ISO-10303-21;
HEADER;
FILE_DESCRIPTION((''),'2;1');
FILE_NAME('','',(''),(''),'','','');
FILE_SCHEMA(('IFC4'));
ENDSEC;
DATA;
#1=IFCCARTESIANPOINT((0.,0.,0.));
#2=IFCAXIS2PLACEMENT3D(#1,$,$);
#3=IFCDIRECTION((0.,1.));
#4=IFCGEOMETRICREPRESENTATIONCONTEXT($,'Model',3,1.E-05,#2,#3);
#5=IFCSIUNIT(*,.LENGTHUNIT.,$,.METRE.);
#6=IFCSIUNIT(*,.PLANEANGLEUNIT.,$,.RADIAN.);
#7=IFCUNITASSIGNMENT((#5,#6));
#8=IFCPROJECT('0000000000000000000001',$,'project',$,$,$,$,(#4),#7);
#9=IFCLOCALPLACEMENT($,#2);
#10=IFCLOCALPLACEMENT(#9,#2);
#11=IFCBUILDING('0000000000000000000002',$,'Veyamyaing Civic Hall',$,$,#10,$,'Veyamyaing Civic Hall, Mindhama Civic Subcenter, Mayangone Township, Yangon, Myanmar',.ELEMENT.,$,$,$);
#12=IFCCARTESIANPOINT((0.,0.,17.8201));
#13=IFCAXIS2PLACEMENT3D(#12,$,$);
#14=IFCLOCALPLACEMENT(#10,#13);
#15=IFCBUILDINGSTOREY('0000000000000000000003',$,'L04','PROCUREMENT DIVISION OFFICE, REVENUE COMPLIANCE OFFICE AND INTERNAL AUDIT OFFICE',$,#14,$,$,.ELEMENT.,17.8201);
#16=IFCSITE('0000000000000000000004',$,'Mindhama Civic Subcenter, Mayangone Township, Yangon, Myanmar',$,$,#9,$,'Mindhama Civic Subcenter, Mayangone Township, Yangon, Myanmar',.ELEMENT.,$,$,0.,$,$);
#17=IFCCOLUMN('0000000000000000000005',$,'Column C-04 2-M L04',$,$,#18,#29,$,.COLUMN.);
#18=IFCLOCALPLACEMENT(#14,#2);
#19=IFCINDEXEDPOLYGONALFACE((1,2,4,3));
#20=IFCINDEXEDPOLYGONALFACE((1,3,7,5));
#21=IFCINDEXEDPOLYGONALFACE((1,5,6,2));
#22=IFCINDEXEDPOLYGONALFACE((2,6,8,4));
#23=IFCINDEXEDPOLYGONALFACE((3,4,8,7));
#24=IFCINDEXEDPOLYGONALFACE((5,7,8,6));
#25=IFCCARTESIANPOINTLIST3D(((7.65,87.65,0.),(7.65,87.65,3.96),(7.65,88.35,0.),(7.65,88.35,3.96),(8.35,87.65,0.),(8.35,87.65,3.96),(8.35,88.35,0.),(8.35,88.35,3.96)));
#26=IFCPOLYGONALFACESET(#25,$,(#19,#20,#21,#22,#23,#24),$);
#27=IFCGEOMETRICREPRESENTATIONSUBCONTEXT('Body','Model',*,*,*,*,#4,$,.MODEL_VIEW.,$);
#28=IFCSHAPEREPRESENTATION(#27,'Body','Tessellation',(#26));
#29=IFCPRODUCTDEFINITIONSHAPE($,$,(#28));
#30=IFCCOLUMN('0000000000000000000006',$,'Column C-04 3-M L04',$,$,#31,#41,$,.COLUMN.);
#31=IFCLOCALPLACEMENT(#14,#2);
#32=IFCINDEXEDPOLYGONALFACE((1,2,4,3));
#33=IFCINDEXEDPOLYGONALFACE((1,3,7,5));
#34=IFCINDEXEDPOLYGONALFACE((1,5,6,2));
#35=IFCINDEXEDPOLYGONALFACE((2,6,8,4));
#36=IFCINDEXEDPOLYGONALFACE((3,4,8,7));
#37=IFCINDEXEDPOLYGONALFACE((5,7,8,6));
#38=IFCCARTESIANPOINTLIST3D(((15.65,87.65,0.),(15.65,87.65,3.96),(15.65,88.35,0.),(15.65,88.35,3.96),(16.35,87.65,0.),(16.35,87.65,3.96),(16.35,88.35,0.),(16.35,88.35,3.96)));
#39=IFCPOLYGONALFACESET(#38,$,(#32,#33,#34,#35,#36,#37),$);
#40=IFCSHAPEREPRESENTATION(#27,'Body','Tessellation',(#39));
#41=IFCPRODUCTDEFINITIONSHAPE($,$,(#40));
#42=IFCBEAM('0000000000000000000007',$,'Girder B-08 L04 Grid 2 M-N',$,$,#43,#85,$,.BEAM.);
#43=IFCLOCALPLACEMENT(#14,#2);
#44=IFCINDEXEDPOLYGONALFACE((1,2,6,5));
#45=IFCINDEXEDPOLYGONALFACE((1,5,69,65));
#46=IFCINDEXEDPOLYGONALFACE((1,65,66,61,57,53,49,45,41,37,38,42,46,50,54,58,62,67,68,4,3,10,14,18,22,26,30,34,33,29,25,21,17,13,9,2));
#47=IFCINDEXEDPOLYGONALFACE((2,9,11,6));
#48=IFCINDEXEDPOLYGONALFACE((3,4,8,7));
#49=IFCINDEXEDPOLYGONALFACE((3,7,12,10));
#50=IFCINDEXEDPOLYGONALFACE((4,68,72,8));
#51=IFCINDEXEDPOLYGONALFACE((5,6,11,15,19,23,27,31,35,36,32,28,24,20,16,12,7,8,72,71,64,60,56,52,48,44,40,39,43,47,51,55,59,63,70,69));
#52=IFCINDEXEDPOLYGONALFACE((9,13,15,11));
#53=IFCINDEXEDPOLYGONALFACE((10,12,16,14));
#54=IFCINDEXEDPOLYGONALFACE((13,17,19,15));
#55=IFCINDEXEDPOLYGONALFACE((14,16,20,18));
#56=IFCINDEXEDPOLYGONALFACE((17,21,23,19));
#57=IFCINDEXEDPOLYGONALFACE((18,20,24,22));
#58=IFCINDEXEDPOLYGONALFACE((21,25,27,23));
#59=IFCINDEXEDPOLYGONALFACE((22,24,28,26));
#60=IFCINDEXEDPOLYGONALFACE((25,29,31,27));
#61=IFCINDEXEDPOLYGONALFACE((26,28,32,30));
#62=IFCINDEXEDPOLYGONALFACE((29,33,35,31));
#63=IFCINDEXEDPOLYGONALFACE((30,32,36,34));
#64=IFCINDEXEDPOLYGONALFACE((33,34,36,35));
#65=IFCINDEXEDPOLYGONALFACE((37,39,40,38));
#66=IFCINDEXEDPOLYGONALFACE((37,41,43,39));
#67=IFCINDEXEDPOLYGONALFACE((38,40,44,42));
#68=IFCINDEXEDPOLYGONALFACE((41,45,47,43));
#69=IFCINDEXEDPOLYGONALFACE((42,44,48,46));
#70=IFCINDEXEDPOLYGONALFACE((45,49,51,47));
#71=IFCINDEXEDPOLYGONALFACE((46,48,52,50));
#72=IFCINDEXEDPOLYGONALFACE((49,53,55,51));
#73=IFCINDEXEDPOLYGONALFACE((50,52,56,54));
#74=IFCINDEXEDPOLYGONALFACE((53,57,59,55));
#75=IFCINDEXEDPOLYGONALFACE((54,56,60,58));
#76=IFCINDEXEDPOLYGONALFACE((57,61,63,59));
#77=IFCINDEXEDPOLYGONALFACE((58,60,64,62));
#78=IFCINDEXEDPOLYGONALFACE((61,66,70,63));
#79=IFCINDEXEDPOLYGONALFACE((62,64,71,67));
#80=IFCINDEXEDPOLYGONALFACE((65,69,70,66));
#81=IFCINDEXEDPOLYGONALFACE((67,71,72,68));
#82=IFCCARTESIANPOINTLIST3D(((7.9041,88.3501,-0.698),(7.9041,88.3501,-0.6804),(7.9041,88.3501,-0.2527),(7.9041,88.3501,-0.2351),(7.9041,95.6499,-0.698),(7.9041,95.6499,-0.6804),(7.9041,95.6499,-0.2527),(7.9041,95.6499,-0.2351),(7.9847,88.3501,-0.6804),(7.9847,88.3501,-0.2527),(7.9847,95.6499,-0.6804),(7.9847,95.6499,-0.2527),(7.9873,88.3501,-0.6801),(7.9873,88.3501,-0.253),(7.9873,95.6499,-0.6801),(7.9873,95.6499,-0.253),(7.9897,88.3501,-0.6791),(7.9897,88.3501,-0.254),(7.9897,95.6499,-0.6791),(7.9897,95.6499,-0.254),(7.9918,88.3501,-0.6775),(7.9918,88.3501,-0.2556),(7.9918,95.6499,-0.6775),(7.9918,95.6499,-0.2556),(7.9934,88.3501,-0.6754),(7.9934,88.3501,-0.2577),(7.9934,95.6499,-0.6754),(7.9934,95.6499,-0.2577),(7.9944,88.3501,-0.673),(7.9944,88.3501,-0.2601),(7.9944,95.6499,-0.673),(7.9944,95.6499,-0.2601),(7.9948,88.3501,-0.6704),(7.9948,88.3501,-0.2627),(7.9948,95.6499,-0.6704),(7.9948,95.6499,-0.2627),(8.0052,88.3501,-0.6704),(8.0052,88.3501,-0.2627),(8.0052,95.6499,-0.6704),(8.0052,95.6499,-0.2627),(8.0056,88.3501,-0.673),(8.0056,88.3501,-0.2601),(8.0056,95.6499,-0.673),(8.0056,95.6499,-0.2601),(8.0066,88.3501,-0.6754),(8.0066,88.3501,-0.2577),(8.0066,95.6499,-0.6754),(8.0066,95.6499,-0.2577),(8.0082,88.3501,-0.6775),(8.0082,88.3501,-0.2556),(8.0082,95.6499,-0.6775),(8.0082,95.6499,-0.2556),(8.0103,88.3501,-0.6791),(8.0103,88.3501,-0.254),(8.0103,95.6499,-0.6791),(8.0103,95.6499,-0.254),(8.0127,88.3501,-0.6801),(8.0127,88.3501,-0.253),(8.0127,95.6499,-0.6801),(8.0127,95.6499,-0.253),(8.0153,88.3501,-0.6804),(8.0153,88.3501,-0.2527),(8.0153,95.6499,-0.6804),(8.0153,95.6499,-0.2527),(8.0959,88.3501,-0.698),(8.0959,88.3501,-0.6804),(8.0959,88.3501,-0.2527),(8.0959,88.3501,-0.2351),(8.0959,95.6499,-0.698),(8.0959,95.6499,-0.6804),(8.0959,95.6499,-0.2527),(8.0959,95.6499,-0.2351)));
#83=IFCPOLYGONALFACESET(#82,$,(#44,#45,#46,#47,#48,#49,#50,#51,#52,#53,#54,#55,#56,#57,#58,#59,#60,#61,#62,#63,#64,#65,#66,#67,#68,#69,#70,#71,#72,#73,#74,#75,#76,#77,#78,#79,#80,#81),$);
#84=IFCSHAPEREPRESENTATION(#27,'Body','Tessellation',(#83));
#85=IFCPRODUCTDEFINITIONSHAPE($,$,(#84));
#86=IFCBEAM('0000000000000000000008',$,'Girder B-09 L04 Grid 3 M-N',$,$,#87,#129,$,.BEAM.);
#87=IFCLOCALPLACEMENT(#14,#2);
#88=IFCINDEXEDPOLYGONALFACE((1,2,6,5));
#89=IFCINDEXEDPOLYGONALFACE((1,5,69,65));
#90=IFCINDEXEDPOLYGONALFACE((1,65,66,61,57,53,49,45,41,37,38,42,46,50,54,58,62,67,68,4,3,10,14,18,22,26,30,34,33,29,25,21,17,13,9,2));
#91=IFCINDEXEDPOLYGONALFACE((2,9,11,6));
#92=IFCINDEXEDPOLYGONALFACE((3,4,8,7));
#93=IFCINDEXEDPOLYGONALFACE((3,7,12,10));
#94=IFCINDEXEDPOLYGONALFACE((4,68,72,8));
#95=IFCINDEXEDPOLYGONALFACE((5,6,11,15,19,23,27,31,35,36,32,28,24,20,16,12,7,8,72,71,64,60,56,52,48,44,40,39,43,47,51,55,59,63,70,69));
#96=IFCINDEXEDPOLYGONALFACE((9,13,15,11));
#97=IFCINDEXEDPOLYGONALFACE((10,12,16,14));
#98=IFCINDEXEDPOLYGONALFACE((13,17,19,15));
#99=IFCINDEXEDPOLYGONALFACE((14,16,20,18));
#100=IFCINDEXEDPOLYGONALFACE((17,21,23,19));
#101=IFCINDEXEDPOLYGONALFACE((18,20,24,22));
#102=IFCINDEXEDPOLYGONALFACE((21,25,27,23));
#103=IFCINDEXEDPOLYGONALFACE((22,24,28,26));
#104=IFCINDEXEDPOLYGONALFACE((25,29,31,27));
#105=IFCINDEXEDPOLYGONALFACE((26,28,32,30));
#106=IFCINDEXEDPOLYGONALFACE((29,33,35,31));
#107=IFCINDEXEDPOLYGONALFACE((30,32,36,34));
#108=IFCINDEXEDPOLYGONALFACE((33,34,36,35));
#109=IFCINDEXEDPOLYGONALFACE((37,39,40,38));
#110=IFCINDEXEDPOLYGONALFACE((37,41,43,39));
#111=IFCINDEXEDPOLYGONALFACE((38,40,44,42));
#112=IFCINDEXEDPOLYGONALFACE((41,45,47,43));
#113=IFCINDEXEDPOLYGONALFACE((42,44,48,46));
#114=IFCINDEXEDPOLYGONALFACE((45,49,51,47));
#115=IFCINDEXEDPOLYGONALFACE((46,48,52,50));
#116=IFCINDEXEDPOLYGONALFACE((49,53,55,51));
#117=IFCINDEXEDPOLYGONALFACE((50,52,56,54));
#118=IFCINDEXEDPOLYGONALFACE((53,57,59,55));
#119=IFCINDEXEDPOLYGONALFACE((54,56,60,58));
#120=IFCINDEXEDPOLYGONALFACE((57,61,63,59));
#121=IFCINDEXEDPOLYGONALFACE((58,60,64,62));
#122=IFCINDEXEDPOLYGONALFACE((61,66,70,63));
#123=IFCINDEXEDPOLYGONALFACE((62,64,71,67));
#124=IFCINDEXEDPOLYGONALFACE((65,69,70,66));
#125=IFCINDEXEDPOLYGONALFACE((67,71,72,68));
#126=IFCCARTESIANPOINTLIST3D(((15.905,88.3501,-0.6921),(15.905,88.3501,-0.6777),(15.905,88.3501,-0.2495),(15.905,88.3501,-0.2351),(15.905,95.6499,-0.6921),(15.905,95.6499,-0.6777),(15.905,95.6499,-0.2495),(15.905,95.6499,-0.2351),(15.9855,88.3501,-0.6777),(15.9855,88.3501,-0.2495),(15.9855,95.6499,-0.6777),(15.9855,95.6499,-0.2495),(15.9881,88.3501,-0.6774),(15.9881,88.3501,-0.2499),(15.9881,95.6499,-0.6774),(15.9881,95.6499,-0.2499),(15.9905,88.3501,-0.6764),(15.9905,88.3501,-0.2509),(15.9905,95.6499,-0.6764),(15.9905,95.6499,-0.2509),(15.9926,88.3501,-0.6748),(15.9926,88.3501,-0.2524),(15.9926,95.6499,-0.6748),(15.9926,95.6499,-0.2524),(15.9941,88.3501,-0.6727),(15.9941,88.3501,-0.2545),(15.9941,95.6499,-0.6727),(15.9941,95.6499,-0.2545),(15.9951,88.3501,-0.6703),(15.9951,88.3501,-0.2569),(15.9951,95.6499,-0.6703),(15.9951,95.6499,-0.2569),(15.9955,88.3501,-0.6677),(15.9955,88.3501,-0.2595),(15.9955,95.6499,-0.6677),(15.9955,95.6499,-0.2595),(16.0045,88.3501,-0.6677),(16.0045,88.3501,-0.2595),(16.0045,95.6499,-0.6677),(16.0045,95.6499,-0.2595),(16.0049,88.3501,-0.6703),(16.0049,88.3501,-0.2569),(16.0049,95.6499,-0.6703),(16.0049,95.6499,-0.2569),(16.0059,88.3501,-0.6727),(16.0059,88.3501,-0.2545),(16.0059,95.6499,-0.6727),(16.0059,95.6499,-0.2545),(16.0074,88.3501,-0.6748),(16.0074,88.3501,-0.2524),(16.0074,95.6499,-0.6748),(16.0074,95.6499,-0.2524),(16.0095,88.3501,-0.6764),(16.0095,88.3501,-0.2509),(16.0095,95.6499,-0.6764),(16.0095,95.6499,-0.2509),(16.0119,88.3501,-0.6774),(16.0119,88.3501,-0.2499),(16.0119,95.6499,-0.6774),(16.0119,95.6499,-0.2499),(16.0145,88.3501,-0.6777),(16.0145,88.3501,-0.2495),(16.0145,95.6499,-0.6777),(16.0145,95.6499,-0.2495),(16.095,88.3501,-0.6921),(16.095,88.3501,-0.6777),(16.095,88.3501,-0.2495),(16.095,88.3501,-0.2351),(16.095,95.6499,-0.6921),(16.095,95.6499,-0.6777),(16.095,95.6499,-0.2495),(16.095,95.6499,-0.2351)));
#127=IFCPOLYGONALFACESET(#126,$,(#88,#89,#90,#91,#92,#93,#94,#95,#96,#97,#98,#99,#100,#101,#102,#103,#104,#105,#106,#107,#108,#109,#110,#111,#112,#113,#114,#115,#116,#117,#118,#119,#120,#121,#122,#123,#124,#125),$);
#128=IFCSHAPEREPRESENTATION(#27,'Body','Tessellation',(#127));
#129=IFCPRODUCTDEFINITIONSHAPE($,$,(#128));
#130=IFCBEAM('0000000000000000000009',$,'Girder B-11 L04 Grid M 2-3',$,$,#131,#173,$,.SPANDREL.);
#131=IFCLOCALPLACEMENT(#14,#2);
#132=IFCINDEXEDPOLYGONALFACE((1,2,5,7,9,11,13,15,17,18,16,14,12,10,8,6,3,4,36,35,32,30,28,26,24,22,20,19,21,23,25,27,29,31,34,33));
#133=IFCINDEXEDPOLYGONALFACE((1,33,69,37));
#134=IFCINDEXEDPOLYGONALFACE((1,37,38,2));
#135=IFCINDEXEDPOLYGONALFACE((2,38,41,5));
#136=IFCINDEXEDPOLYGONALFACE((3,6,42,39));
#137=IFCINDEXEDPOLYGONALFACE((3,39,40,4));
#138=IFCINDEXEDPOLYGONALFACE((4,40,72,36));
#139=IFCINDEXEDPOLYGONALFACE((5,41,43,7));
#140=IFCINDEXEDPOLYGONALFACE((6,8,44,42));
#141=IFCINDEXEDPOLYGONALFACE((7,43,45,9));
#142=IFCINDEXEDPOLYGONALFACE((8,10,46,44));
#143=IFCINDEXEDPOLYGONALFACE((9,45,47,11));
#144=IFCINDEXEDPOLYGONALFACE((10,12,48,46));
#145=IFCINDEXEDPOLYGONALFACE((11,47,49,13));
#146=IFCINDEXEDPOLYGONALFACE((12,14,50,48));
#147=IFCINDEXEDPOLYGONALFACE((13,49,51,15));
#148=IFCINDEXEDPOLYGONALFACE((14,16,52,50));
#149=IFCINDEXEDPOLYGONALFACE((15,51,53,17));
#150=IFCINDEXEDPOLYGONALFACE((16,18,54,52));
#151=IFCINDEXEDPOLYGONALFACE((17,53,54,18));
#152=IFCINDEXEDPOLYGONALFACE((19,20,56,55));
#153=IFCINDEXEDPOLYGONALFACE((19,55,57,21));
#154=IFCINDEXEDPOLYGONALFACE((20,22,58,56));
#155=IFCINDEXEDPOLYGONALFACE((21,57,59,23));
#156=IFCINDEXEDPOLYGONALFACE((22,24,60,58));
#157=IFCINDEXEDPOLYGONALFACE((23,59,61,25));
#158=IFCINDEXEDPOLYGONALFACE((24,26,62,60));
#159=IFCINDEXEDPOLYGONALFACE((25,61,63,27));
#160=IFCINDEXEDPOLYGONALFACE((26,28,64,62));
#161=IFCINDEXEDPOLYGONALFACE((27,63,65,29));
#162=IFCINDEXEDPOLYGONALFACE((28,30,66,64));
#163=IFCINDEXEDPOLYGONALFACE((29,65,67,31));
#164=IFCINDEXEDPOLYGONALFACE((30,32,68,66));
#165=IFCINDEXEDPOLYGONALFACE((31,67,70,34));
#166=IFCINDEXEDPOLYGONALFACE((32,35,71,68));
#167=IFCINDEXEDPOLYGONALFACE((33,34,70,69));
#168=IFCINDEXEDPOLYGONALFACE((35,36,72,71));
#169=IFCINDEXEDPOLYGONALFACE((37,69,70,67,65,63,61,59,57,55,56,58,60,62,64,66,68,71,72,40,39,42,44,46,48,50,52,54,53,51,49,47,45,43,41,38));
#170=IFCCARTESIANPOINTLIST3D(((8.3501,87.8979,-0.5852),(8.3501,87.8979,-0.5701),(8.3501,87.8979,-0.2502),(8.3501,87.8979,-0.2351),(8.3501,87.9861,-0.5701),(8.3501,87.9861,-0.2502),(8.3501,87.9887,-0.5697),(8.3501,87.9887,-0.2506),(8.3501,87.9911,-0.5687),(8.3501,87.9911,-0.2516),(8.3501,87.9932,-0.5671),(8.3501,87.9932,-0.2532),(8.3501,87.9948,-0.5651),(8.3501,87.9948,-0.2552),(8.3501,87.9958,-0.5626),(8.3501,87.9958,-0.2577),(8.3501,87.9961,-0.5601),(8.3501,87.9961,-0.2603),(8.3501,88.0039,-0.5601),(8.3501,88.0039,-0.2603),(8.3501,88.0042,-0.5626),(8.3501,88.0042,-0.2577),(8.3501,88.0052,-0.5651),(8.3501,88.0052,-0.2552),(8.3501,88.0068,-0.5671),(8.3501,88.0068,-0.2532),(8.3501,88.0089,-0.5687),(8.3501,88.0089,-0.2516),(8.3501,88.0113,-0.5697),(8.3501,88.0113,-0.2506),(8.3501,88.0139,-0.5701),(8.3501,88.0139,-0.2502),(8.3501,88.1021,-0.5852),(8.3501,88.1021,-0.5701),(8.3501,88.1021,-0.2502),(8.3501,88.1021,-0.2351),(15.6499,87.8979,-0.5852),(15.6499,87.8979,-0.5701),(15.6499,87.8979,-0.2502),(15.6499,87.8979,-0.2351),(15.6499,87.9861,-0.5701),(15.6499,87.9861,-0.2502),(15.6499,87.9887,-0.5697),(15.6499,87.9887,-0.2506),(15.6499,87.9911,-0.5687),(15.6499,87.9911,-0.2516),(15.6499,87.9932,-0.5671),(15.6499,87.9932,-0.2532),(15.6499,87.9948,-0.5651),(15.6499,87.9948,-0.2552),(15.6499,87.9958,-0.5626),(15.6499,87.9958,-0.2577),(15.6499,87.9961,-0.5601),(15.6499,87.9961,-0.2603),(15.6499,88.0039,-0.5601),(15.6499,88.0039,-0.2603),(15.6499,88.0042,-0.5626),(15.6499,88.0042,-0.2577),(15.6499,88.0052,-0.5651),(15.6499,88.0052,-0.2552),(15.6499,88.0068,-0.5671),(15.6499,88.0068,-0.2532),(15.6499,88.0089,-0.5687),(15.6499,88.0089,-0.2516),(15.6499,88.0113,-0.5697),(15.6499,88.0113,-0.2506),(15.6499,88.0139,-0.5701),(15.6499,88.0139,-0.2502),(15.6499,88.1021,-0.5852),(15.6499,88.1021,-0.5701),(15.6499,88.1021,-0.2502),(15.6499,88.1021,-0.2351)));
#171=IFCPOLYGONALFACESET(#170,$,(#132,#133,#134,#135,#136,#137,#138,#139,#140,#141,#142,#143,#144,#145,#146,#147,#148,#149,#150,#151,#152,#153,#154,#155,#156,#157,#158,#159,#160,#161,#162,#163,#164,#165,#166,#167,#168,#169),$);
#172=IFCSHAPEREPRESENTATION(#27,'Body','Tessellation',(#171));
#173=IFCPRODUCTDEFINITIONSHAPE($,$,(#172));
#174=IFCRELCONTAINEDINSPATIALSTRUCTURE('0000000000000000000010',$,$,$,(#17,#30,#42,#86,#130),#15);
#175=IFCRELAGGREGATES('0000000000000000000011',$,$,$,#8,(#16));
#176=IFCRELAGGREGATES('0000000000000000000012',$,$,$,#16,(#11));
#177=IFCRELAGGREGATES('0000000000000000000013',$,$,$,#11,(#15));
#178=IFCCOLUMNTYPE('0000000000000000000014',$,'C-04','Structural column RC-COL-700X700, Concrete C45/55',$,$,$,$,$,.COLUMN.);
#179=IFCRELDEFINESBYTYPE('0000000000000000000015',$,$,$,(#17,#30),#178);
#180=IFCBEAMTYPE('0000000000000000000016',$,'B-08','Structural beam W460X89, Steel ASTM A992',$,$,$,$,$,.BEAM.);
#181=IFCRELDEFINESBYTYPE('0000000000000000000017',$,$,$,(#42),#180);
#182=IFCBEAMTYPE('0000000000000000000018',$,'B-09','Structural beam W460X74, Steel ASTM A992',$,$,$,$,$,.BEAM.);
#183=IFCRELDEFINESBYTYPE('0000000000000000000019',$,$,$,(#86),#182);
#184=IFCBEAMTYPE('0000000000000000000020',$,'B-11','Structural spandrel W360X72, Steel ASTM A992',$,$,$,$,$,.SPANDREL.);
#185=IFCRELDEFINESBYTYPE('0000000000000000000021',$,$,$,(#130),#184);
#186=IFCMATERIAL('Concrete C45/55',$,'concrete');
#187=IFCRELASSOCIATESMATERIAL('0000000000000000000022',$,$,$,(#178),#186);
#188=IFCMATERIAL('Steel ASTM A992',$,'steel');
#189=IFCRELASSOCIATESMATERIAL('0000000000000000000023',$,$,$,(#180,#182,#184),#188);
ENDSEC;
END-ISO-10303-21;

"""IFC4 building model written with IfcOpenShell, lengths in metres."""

from ifc_helpers import new_model, si_unit, direction, frame, origin, origin_2d, place, context, subcontext, project, spatial, rectangle, i_section, extrude, material, material_profile, profile_set, type_object, element, save


model = new_model("IFC4")

# Units and contexts
model_context = context("Model", 3, precision=1e-05, world=origin(), true_north=direction((0.0, 1.0)))
body_context = subcontext(model_context, "Body", "Model", "MODEL_VIEW")
ifc_project = project(units=[si_unit("LENGTHUNIT", "METRE"), si_unit("PLANEANGLEUNIT", "RADIAN")], contexts=[model_context])

# Site, building, storey
site_placement = place(None, origin())
site = spatial("IfcSite", under=ifc_project, at=site_placement, Name="Mindhama Civic Subcenter, Mayangone Township, Yangon, Myanmar", LongName="Mindhama Civic Subcenter, Mayangone Township, Yangon, Myanmar", CompositionType="ELEMENT", RefElevation=0.0)
building_placement = place(site_placement, origin())
building = spatial("IfcBuilding", under=site, at=building_placement, Name="Veyamyaing Civic Hall", LongName="Veyamyaing Civic Hall, Mindhama Civic Subcenter, Mayangone Township, Yangon, Myanmar", CompositionType="ELEMENT")
storey_placement = place(building_placement, frame((0.0, 0.0, 17.8201)))
storey = spatial("IfcBuildingStorey", under=building, at=storey_placement, Name="L04", Description="PROCUREMENT DIVISION OFFICE, REVENUE COMPLIANCE OFFICE AND INTERNAL AUDIT OFFICE", CompositionType="ELEMENT", Elevation=17.8201)

# Columns
ifc_material_1 = material(Name="Concrete C45/55", Category="concrete")
ifc_material_profile_1 = material_profile(ifc_material_1, rectangle(XDim=0.7, YDim=0.7, at=origin_2d()), Name="RC-COL-700X700")
ifc_profile_set_1 = profile_set([ifc_material_profile_1], Name="Concrete C45/55")
column_type = type_object("IfcColumnType", Name="C-04", Description="Structural column RC-COL-700X700, Concrete C45/55", PredefinedType="COLUMN", material=ifc_profile_set_1)
for number, where, z_axis, x_axis, name in (
    (1, (8.0, 88.0, 0.0), (0.0, 0.0, 1.0), (1.0, 0.0, 0.0), "Column C-04 2-M L04"),
    (2, (16.0, 88.0, 0.0), (0.0, 0.0, 1.0), (1.0, 0.0, 0.0), "Column C-04 3-M L04"),
):
    element("IfcColumn", number, at=place(storey_placement, frame(where, z_axis=z_axis, x_axis=x_axis)), inside=storey, type_object=column_type, Name=name, PredefinedType="COLUMN", context=body_context, shape_type="SweptSolid", body=[
        extrude(rectangle(XDim=0.7, YDim=0.7, at=origin_2d()), origin(), (0.0, 0.0, 1.0), 3.96),
    ])

# Beams
ifc_material_2 = material(Name="Steel ASTM A992", Category="steel")
ifc_material_profile_2 = material_profile(ifc_material_2, i_section(OverallWidth=0.1919, OverallDepth=0.4629, WebThickness=0.0105, FlangeThickness=0.0176, FilletRadius=0.01, at=origin_2d()), Name="W460X89")
ifc_profile_set_2 = profile_set([ifc_material_profile_2], Name="Steel ASTM A992")
beam_type_1 = type_object("IfcBeamType", Name="B-08", Description="Structural beam W460X89, Steel ASTM A992", PredefinedType="BEAM", material=ifc_profile_set_2)
beam_1_placement = place(storey_placement, frame((8.0, 88.3501, -0.4666), z_axis=(0.0, 1.0, 0.0), x_axis=(-1.0, 0.0, 0.0)))
element("IfcBeam", 3, at=beam_1_placement, inside=storey, type_object=beam_type_1, Name="Girder B-08 L04 Grid 2 M-N", PredefinedType="BEAM", context=body_context, shape_type="SweptSolid", body=[
    extrude(i_section(OverallWidth=0.1919, OverallDepth=0.4629, WebThickness=0.0105, FlangeThickness=0.0176, FilletRadius=0.01, at=origin_2d()), origin(), (0.0, 0.0, 1.0), 7.2998),
])
ifc_material_profile_3 = material_profile(ifc_material_2, i_section(OverallWidth=0.1899, OverallDepth=0.457, WebThickness=0.009, FlangeThickness=0.0144, FilletRadius=0.01, at=origin_2d()), Name="W460X74")
ifc_profile_set_3 = profile_set([ifc_material_profile_3], Name="Steel ASTM A992")
beam_type_2 = type_object("IfcBeamType", Name="B-09", Description="Structural beam W460X74, Steel ASTM A992", PredefinedType="BEAM", material=ifc_profile_set_3)
beam_2_placement = place(storey_placement, frame((16.0, 88.3501, -0.4636), z_axis=(0.0, 1.0, 0.0), x_axis=(-1.0, 0.0, 0.0)))
element("IfcBeam", 4, at=beam_2_placement, inside=storey, type_object=beam_type_2, Name="Girder B-09 L04 Grid 3 M-N", PredefinedType="BEAM", context=body_context, shape_type="SweptSolid", body=[
    extrude(i_section(OverallWidth=0.1899, OverallDepth=0.457, WebThickness=0.009, FlangeThickness=0.0144, FilletRadius=0.01, at=origin_2d()), origin(), (0.0, 0.0, 1.0), 7.2998),
])
ifc_material_profile_4 = material_profile(ifc_material_2, i_section(OverallWidth=0.2041, OverallDepth=0.3501, WebThickness=0.0078, FlangeThickness=0.0151, FilletRadius=0.01, at=origin_2d()), Name="W360X72")
ifc_profile_set_4 = profile_set([ifc_material_profile_4], Name="Steel ASTM A992")
beam_type_3 = type_object("IfcBeamType", Name="B-11", Description="Structural spandrel W360X72, Steel ASTM A992", PredefinedType="SPANDREL", material=ifc_profile_set_4)
beam_3_placement = place(storey_placement, frame((8.3501, 88.0, -0.4102), z_axis=(1.0, 0.0, 0.0), x_axis=(0.0, 1.0, 0.0)))
element("IfcBeam", 5, at=beam_3_placement, inside=storey, type_object=beam_type_3, Name="Girder B-11 L04 Grid M 2-3", PredefinedType="SPANDREL", context=body_context, shape_type="SweptSolid", body=[
    extrude(i_section(OverallWidth=0.2041, OverallDepth=0.3501, WebThickness=0.0078, FlangeThickness=0.0151, FilletRadius=0.01, at=origin_2d()), origin(), (0.0, 0.0, 1.0), 7.2998),
])

save(model, "model.ifc")
